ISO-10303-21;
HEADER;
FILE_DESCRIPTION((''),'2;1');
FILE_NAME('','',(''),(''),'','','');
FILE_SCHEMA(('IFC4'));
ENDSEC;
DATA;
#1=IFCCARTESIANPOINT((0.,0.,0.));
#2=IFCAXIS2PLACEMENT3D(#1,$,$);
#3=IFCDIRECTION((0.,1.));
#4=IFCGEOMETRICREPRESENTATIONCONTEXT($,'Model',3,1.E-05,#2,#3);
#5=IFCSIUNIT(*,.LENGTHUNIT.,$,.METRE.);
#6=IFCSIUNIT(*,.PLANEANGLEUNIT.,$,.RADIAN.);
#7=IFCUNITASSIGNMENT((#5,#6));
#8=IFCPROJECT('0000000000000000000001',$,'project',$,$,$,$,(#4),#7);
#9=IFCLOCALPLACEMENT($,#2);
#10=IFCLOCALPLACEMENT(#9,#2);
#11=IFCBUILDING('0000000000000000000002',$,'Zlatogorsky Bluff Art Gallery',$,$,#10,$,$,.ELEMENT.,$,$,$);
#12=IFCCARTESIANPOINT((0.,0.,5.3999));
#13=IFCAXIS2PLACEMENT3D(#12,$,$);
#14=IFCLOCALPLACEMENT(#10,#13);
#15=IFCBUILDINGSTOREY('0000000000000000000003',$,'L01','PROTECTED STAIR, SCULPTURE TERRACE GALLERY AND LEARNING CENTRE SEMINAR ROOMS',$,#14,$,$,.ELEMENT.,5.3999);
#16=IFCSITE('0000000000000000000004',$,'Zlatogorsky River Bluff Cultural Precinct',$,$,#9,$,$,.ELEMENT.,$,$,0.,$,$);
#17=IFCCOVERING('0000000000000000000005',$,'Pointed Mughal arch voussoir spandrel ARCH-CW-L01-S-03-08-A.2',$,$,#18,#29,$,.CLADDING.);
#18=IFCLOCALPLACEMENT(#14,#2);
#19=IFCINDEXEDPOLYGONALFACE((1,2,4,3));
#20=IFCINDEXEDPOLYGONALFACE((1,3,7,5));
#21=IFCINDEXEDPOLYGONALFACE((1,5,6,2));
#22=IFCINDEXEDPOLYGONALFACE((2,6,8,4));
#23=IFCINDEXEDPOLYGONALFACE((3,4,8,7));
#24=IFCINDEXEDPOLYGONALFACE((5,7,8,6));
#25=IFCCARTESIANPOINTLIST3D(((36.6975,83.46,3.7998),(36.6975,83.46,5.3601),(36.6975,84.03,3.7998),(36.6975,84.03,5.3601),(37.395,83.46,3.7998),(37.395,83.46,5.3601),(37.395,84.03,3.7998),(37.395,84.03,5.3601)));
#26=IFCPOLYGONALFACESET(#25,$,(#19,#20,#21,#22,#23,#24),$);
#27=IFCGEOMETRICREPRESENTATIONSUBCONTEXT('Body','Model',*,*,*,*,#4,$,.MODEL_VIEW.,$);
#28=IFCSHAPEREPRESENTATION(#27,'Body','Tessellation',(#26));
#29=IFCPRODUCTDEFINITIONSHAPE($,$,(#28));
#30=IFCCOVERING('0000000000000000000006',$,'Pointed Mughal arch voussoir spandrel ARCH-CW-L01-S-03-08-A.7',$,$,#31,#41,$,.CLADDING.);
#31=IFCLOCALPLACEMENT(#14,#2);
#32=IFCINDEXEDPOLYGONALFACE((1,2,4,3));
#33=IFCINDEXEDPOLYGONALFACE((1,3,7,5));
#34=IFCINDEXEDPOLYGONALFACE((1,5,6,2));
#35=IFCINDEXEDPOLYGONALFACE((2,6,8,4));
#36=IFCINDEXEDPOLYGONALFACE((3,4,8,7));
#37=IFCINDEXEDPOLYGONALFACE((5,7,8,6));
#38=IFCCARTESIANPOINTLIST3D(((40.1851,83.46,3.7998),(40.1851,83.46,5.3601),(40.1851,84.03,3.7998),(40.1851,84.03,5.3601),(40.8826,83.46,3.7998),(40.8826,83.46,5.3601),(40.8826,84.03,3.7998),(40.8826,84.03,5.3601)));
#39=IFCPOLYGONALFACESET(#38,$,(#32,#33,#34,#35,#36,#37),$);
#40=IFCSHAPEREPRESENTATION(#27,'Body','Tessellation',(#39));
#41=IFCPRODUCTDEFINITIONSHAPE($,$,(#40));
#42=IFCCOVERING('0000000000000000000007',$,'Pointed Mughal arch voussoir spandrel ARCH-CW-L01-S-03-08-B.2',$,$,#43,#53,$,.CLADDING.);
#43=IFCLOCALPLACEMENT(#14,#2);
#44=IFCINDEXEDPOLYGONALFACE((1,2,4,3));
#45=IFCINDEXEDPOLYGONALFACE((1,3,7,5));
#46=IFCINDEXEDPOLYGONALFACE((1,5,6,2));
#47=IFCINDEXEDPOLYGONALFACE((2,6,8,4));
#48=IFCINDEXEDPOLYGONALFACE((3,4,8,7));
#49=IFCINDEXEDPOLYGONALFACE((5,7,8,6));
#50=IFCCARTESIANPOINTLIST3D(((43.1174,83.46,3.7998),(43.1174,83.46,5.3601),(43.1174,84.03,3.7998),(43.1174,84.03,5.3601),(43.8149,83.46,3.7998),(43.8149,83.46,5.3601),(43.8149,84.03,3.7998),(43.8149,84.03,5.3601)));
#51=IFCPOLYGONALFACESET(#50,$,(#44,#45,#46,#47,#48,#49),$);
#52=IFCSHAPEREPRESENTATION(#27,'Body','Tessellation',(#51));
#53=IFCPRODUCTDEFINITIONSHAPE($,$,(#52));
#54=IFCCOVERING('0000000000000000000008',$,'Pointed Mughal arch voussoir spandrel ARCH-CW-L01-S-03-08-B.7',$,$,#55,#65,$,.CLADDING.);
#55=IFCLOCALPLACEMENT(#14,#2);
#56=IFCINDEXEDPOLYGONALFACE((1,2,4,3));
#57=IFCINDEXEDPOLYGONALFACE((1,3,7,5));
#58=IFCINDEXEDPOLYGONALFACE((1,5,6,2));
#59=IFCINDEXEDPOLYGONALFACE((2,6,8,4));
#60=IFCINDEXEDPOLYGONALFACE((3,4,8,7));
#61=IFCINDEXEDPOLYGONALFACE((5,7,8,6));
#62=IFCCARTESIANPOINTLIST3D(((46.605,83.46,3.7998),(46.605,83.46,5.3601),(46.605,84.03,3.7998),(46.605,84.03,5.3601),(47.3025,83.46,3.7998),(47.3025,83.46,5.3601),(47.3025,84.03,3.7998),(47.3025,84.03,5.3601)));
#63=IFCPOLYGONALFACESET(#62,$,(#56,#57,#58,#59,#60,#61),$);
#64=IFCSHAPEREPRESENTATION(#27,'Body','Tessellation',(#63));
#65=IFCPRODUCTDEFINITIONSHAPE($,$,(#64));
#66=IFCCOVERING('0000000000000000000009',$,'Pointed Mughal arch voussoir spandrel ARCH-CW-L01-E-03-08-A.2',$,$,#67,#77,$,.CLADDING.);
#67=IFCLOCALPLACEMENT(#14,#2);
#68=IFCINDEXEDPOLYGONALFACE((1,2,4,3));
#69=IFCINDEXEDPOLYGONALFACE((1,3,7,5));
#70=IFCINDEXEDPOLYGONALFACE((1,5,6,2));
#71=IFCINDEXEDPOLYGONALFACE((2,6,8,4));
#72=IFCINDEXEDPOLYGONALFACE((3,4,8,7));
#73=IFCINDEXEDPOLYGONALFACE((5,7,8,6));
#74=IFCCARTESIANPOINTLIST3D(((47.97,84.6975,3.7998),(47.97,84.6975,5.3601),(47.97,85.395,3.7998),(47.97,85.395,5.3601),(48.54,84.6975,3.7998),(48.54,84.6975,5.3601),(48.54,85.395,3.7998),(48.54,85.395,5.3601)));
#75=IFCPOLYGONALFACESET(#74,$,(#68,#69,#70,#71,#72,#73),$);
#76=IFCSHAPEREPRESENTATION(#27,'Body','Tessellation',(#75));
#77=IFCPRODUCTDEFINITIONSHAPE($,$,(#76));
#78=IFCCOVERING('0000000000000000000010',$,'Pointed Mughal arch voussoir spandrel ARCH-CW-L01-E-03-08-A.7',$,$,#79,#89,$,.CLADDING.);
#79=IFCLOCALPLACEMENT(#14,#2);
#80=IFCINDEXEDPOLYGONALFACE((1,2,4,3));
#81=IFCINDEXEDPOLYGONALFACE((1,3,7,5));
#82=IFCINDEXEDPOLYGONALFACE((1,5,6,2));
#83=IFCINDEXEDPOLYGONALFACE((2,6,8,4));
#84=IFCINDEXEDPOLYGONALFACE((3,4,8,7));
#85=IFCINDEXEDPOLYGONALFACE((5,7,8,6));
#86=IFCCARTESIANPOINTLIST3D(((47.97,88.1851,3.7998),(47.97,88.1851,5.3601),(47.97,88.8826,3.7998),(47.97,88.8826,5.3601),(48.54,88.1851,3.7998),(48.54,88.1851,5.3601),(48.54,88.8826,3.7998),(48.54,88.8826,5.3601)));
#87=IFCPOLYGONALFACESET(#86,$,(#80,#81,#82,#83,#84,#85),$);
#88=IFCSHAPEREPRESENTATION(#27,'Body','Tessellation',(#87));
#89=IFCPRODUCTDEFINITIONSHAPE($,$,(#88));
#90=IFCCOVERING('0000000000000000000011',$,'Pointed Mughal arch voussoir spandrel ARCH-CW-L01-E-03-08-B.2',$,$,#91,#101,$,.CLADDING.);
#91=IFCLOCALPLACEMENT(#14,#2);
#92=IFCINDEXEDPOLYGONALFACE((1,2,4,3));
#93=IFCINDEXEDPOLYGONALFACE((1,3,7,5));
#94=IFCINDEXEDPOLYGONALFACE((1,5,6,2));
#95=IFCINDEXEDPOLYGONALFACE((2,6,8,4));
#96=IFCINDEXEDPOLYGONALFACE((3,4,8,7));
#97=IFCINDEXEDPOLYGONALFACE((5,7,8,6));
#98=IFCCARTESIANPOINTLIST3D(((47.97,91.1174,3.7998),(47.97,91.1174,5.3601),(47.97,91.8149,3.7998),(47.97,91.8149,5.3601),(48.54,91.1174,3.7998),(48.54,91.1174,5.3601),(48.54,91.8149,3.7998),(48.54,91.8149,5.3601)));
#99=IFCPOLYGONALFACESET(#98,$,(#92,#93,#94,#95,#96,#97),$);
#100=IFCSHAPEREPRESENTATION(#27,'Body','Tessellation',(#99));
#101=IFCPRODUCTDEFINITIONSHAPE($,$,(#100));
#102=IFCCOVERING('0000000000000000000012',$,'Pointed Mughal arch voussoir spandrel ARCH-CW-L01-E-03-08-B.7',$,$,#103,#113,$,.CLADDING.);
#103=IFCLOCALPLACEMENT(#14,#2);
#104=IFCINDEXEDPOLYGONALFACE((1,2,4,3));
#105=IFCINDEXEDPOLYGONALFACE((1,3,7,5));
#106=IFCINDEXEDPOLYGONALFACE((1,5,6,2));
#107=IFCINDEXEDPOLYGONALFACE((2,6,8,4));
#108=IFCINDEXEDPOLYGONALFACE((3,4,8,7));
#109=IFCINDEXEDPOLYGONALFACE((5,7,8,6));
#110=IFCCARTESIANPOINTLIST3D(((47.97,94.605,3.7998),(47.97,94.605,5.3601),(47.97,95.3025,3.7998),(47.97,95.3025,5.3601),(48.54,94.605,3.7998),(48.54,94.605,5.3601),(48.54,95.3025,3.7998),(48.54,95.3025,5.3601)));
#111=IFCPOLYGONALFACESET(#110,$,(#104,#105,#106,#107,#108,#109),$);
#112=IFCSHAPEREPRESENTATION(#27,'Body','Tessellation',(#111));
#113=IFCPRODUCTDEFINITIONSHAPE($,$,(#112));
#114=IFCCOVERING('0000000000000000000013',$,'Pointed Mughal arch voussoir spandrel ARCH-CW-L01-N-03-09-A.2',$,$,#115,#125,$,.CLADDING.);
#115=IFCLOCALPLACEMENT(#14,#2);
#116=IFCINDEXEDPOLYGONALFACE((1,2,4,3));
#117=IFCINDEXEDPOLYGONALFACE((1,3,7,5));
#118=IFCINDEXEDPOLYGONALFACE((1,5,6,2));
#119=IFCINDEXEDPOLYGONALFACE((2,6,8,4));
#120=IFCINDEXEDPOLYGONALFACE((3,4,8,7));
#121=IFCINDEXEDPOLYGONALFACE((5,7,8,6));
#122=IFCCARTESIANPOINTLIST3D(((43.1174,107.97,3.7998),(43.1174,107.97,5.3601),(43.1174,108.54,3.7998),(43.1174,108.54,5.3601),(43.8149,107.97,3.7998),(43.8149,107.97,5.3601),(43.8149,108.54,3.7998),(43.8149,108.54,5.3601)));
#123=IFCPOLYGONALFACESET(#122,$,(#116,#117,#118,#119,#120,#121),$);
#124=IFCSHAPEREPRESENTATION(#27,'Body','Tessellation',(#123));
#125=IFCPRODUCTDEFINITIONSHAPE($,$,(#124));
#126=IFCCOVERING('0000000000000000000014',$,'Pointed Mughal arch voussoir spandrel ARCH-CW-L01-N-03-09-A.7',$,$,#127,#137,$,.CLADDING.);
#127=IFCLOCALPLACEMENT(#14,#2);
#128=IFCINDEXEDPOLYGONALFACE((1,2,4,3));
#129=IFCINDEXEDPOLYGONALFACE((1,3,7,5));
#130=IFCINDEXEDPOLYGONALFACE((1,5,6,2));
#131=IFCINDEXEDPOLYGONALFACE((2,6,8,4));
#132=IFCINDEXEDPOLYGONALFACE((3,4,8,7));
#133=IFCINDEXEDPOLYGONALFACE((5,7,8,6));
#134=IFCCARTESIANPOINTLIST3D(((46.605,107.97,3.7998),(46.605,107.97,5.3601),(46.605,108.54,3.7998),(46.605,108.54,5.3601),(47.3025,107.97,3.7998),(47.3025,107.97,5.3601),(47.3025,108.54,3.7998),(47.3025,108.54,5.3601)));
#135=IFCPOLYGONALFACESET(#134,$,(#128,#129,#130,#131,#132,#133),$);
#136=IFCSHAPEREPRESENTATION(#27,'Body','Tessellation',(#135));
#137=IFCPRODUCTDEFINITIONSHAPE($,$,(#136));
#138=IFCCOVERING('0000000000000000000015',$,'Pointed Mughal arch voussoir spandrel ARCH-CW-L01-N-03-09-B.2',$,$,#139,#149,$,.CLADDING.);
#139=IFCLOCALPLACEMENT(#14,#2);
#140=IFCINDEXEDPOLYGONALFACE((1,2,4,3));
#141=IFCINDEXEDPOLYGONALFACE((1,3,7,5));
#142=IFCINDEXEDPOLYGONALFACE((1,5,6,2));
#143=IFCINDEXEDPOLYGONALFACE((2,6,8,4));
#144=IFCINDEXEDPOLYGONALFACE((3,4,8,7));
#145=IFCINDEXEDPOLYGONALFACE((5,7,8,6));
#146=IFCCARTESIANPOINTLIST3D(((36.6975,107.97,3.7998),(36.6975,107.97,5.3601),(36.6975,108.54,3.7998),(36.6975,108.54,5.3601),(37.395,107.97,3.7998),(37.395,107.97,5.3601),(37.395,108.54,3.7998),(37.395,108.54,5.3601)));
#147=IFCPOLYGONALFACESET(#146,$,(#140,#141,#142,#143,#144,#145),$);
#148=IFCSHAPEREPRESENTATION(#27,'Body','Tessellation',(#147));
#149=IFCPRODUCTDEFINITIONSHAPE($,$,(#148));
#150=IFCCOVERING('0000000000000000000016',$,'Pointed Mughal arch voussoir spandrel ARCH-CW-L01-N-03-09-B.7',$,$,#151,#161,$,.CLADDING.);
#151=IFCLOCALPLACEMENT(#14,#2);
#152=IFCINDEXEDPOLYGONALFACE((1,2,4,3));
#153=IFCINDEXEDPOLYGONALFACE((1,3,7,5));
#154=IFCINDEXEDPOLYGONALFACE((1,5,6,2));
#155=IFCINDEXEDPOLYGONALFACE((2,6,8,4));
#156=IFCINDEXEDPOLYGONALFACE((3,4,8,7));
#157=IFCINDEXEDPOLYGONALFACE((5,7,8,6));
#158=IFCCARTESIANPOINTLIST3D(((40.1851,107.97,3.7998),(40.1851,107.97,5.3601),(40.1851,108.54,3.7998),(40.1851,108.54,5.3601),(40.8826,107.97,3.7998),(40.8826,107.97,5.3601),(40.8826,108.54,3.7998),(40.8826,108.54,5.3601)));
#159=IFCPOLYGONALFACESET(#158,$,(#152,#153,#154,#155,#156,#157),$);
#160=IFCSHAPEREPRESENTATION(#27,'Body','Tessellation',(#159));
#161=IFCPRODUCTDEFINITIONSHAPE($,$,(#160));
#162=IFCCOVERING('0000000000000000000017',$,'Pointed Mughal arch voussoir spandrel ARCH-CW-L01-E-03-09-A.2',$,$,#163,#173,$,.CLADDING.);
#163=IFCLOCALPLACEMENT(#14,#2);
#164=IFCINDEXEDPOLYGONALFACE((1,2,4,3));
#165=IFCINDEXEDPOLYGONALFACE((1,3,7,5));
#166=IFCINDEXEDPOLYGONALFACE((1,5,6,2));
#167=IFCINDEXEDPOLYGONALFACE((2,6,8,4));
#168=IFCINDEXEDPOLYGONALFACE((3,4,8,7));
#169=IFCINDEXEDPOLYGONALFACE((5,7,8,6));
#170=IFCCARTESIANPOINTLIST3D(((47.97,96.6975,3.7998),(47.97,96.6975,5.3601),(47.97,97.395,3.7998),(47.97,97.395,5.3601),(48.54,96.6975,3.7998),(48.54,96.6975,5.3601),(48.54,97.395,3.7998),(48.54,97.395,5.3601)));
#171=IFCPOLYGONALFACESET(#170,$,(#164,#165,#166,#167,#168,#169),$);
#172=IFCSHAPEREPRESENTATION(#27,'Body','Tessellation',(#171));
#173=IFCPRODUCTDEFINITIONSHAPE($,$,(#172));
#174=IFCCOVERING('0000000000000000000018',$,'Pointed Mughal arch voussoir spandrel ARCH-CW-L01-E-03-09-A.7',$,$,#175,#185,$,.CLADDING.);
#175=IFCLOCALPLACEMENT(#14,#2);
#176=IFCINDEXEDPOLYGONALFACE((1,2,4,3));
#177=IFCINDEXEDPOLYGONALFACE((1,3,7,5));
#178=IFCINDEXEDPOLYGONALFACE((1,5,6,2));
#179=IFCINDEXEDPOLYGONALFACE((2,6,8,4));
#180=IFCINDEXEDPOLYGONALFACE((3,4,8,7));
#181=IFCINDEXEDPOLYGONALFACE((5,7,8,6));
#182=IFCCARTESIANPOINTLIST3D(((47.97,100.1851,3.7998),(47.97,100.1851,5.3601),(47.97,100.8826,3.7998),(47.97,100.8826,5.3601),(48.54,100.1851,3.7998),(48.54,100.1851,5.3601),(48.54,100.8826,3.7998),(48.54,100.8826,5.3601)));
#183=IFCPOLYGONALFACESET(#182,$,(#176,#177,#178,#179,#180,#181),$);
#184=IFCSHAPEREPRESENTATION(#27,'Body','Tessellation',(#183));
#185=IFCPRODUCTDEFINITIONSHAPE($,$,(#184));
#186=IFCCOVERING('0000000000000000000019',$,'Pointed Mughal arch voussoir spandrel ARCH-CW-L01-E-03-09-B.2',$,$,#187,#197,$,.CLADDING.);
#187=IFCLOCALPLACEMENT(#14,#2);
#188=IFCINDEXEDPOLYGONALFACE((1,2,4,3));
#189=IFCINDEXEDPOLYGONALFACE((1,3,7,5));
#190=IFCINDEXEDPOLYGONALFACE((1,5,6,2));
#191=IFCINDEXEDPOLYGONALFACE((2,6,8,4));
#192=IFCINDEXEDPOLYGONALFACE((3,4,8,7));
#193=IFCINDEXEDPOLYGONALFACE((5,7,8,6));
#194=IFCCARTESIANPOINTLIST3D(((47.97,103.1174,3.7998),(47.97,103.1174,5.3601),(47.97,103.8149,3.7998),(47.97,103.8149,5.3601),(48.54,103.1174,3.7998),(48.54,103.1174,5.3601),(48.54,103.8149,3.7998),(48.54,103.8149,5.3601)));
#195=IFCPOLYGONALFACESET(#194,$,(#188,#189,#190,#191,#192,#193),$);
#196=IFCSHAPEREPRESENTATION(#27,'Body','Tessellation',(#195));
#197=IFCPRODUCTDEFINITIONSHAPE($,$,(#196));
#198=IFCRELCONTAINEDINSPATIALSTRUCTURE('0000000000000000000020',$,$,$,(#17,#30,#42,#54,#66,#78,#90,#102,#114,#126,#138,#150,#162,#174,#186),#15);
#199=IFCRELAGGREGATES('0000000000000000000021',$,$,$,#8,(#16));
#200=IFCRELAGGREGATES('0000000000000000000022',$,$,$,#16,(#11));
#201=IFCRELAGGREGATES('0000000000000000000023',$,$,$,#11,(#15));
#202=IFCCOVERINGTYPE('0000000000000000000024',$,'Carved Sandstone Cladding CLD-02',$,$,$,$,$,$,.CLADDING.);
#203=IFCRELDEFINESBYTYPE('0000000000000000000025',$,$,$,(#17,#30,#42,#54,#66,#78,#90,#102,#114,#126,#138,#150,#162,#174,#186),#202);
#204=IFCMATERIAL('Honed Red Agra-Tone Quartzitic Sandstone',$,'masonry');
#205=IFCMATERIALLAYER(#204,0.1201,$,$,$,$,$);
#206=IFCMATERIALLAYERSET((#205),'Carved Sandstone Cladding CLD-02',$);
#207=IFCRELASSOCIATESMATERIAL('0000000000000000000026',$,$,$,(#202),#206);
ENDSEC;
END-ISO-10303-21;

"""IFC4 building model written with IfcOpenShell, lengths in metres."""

from ifc_helpers import new_model, si_unit, direction, frame, origin, place, context, subcontext, project, spatial, polyline, outline, extrude, material, layer, layer_set, type_object, element, save


model = new_model("IFC4")

# Units and contexts
model_context = context("Model", 3, precision=1e-05, world=origin(), true_north=direction((0.0, 1.0)))
body_context = subcontext(model_context, "Body", "Model", "MODEL_VIEW")
ifc_project = project(units=[si_unit("LENGTHUNIT", "METRE"), si_unit("PLANEANGLEUNIT", "RADIAN")], contexts=[model_context])

# Site, building, storey
site_placement = place(None, origin())
site = spatial("IfcSite", under=ifc_project, at=site_placement, Name="Zlatogorsky River Bluff Cultural Precinct", CompositionType="ELEMENT", RefElevation=0.0)
building_placement = place(site_placement, origin())
building = spatial("IfcBuilding", under=site, at=building_placement, Name="Zlatogorsky Bluff Art Gallery", CompositionType="ELEMENT")
storey_placement = place(building_placement, frame((0.0, 0.0, 5.3999)))
storey = spatial("IfcBuildingStorey", under=building, at=storey_placement, Name="L01", Description="PROTECTED STAIR, SCULPTURE TERRACE GALLERY AND LEARNING CENTRE SEMINAR ROOMS", CompositionType="ELEMENT", Elevation=5.3999)

# Coverings
ifc_material = material(Name="Honed Red Agra-Tone Quartzitic Sandstone", Category="masonry")
ifc_layer = layer(ifc_material, 0.1201)
ifc_layer_set = layer_set([ifc_layer], Name="Carved Sandstone Cladding CLD-02")
covering_type = type_object("IfcCoveringType", Name="Carved Sandstone Cladding CLD-02", PredefinedType="CLADDING", material=ifc_layer_set)
covering_1_placement = place(storey_placement, frame((0.0, 0.0, 3.7998)))
element("IfcCovering", 1, at=covering_1_placement, inside=storey, type_object=covering_type, Name="Pointed Mughal arch voussoir spandrel ARCH-CW-L01-S-03-08-A.2", PredefinedType="CLADDING", context=body_context, shape_type="SweptSolid", body=[
    extrude(outline(polyline([(36.6975, 83.46), (37.395, 83.46), (37.395, 84.03), (36.6975, 84.03), (36.6975, 83.46)])), origin(), (0.0, 0.0, 1.0), 1.5603),
])
covering_2_placement = place(storey_placement, frame((0.0, 0.0, 3.7998)))
element("IfcCovering", 2, at=covering_2_placement, inside=storey, type_object=covering_type, Name="Pointed Mughal arch voussoir spandrel ARCH-CW-L01-S-03-08-A.7", PredefinedType="CLADDING", context=body_context, shape_type="SweptSolid", body=[
    extrude(outline(polyline([(40.1851, 83.46), (40.8826, 83.46), (40.8826, 84.03), (40.1851, 84.03), (40.1851, 83.46)])), origin(), (0.0, 0.0, 1.0), 1.5603),
])
covering_3_placement = place(storey_placement, frame((0.0, 0.0, 3.7998)))
element("IfcCovering", 3, at=covering_3_placement, inside=storey, type_object=covering_type, Name="Pointed Mughal arch voussoir spandrel ARCH-CW-L01-S-03-08-B.2", PredefinedType="CLADDING", context=body_context, shape_type="SweptSolid", body=[
    extrude(outline(polyline([(43.1174, 83.46), (43.8149, 83.46), (43.8149, 84.03), (43.1174, 84.03), (43.1174, 83.46)])), origin(), (0.0, 0.0, 1.0), 1.5603),
])
covering_4_placement = place(storey_placement, frame((0.0, 0.0, 3.7998)))
element("IfcCovering", 4, at=covering_4_placement, inside=storey, type_object=covering_type, Name="Pointed Mughal arch voussoir spandrel ARCH-CW-L01-S-03-08-B.7", PredefinedType="CLADDING", context=body_context, shape_type="SweptSolid", body=[
    extrude(outline(polyline([(46.605, 83.46), (47.3025, 83.46), (47.3025, 84.03), (46.605, 84.03), (46.605, 83.46)])), origin(), (0.0, 0.0, 1.0), 1.5603),
])
covering_5_placement = place(storey_placement, frame((0.0, 0.0, 3.7998)))
element("IfcCovering", 5, at=covering_5_placement, inside=storey, type_object=covering_type, Name="Pointed Mughal arch voussoir spandrel ARCH-CW-L01-E-03-08-A.2", PredefinedType="CLADDING", context=body_context, shape_type="SweptSolid", body=[
    extrude(outline(polyline([(47.97, 84.6975), (47.97, 85.395), (48.54, 85.395), (48.54, 84.6975), (47.97, 84.6975)])), origin(), (0.0, 0.0, 1.0), 1.5603),
])
covering_6_placement = place(storey_placement, frame((0.0, 0.0, 3.7998)))
element("IfcCovering", 6, at=covering_6_placement, inside=storey, type_object=covering_type, Name="Pointed Mughal arch voussoir spandrel ARCH-CW-L01-E-03-08-A.7", PredefinedType="CLADDING", context=body_context, shape_type="SweptSolid", body=[
    extrude(outline(polyline([(47.97, 88.1851), (47.97, 88.8826), (48.54, 88.8826), (48.54, 88.1851), (47.97, 88.1851)])), origin(), (0.0, 0.0, 1.0), 1.5603),
])
covering_7_placement = place(storey_placement, frame((0.0, 0.0, 3.7998)))
element("IfcCovering", 7, at=covering_7_placement, inside=storey, type_object=covering_type, Name="Pointed Mughal arch voussoir spandrel ARCH-CW-L01-E-03-08-B.2", PredefinedType="CLADDING", context=body_context, shape_type="SweptSolid", body=[
    extrude(outline(polyline([(47.97, 91.1174), (47.97, 91.8149), (48.54, 91.8149), (48.54, 91.1174), (47.97, 91.1174)])), origin(), (0.0, 0.0, 1.0), 1.5603),
])
covering_8_placement = place(storey_placement, frame((0.0, 0.0, 3.7998)))
element("IfcCovering", 8, at=covering_8_placement, inside=storey, type_object=covering_type, Name="Pointed Mughal arch voussoir spandrel ARCH-CW-L01-E-03-08-B.7", PredefinedType="CLADDING", context=body_context, shape_type="SweptSolid", body=[
    extrude(outline(polyline([(47.97, 94.605), (47.97, 95.3025), (48.54, 95.3025), (48.54, 94.605), (47.97, 94.605)])), origin(), (0.0, 0.0, 1.0), 1.5603),
])
covering_9_placement = place(storey_placement, frame((0.0, 0.0, 3.7998)))
element("IfcCovering", 9, at=covering_9_placement, inside=storey, type_object=covering_type, Name="Pointed Mughal arch voussoir spandrel ARCH-CW-L01-N-03-09-A.2", PredefinedType="CLADDING", context=body_context, shape_type="SweptSolid", body=[
    extrude(outline(polyline([(43.1174, 107.97), (43.8149, 107.97), (43.8149, 108.54), (43.1174, 108.54), (43.1174, 107.97)])), origin(), (0.0, 0.0, 1.0), 1.5603),
])
covering_10_placement = place(storey_placement, frame((0.0, 0.0, 3.7998)))
element("IfcCovering", 10, at=covering_10_placement, inside=storey, type_object=covering_type, Name="Pointed Mughal arch voussoir spandrel ARCH-CW-L01-N-03-09-A.7", PredefinedType="CLADDING", context=body_context, shape_type="SweptSolid", body=[
    extrude(outline(polyline([(46.605, 107.97), (47.3025, 107.97), (47.3025, 108.54), (46.605, 108.54), (46.605, 107.97)])), origin(), (0.0, 0.0, 1.0), 1.5603),
])
covering_11_placement = place(storey_placement, frame((0.0, 0.0, 3.7998)))
element("IfcCovering", 11, at=covering_11_placement, inside=storey, type_object=covering_type, Name="Pointed Mughal arch voussoir spandrel ARCH-CW-L01-N-03-09-B.2", PredefinedType="CLADDING", context=body_context, shape_type="SweptSolid", body=[
    extrude(outline(polyline([(36.6975, 107.97), (37.395, 107.97), (37.395, 108.54), (36.6975, 108.54), (36.6975, 107.97)])), origin(), (0.0, 0.0, 1.0), 1.5603),
])
covering_12_placement = place(storey_placement, frame((0.0, 0.0, 3.7998)))
element("IfcCovering", 12, at=covering_12_placement, inside=storey, type_object=covering_type, Name="Pointed Mughal arch voussoir spandrel ARCH-CW-L01-N-03-09-B.7", PredefinedType="CLADDING", context=body_context, shape_type="SweptSolid", body=[
    extrude(outline(polyline([(40.1851, 107.97), (40.8826, 107.97), (40.8826, 108.54), (40.1851, 108.54), (40.1851, 107.97)])), origin(), (0.0, 0.0, 1.0), 1.5603),
])
covering_13_placement = place(storey_placement, frame((0.0, 0.0, 3.7998)))
element("IfcCovering", 13, at=covering_13_placement, inside=storey, type_object=covering_type, Name="Pointed Mughal arch voussoir spandrel ARCH-CW-L01-E-03-09-A.2", PredefinedType="CLADDING", context=body_context, shape_type="SweptSolid", body=[
    extrude(outline(polyline([(47.97, 96.6975), (47.97, 97.395), (48.54, 97.395), (48.54, 96.6975), (47.97, 96.6975)])), origin(), (0.0, 0.0, 1.0), 1.5603),
])
covering_14_placement = place(storey_placement, frame((0.0, 0.0, 3.7998)))
element("IfcCovering", 14, at=covering_14_placement, inside=storey, type_object=covering_type, Name="Pointed Mughal arch voussoir spandrel ARCH-CW-L01-E-03-09-A.7", PredefinedType="CLADDING", context=body_context, shape_type="SweptSolid", body=[
    extrude(outline(polyline([(47.97, 100.1851), (47.97, 100.8826), (48.54, 100.8826), (48.54, 100.1851), (47.97, 100.1851)])), origin(), (0.0, 0.0, 1.0), 1.5603),
])
covering_15_placement = place(storey_placement, frame((0.0, 0.0, 3.7998)))
element("IfcCovering", 15, at=covering_15_placement, inside=storey, type_object=covering_type, Name="Pointed Mughal arch voussoir spandrel ARCH-CW-L01-E-03-09-B.2", PredefinedType="CLADDING", context=body_context, shape_type="SweptSolid", body=[
    extrude(outline(polyline([(47.97, 103.1174), (47.97, 103.8149), (48.54, 103.8149), (48.54, 103.1174), (47.97, 103.1174)])), origin(), (0.0, 0.0, 1.0), 1.5603),
])

save(model, "model.ifc")
